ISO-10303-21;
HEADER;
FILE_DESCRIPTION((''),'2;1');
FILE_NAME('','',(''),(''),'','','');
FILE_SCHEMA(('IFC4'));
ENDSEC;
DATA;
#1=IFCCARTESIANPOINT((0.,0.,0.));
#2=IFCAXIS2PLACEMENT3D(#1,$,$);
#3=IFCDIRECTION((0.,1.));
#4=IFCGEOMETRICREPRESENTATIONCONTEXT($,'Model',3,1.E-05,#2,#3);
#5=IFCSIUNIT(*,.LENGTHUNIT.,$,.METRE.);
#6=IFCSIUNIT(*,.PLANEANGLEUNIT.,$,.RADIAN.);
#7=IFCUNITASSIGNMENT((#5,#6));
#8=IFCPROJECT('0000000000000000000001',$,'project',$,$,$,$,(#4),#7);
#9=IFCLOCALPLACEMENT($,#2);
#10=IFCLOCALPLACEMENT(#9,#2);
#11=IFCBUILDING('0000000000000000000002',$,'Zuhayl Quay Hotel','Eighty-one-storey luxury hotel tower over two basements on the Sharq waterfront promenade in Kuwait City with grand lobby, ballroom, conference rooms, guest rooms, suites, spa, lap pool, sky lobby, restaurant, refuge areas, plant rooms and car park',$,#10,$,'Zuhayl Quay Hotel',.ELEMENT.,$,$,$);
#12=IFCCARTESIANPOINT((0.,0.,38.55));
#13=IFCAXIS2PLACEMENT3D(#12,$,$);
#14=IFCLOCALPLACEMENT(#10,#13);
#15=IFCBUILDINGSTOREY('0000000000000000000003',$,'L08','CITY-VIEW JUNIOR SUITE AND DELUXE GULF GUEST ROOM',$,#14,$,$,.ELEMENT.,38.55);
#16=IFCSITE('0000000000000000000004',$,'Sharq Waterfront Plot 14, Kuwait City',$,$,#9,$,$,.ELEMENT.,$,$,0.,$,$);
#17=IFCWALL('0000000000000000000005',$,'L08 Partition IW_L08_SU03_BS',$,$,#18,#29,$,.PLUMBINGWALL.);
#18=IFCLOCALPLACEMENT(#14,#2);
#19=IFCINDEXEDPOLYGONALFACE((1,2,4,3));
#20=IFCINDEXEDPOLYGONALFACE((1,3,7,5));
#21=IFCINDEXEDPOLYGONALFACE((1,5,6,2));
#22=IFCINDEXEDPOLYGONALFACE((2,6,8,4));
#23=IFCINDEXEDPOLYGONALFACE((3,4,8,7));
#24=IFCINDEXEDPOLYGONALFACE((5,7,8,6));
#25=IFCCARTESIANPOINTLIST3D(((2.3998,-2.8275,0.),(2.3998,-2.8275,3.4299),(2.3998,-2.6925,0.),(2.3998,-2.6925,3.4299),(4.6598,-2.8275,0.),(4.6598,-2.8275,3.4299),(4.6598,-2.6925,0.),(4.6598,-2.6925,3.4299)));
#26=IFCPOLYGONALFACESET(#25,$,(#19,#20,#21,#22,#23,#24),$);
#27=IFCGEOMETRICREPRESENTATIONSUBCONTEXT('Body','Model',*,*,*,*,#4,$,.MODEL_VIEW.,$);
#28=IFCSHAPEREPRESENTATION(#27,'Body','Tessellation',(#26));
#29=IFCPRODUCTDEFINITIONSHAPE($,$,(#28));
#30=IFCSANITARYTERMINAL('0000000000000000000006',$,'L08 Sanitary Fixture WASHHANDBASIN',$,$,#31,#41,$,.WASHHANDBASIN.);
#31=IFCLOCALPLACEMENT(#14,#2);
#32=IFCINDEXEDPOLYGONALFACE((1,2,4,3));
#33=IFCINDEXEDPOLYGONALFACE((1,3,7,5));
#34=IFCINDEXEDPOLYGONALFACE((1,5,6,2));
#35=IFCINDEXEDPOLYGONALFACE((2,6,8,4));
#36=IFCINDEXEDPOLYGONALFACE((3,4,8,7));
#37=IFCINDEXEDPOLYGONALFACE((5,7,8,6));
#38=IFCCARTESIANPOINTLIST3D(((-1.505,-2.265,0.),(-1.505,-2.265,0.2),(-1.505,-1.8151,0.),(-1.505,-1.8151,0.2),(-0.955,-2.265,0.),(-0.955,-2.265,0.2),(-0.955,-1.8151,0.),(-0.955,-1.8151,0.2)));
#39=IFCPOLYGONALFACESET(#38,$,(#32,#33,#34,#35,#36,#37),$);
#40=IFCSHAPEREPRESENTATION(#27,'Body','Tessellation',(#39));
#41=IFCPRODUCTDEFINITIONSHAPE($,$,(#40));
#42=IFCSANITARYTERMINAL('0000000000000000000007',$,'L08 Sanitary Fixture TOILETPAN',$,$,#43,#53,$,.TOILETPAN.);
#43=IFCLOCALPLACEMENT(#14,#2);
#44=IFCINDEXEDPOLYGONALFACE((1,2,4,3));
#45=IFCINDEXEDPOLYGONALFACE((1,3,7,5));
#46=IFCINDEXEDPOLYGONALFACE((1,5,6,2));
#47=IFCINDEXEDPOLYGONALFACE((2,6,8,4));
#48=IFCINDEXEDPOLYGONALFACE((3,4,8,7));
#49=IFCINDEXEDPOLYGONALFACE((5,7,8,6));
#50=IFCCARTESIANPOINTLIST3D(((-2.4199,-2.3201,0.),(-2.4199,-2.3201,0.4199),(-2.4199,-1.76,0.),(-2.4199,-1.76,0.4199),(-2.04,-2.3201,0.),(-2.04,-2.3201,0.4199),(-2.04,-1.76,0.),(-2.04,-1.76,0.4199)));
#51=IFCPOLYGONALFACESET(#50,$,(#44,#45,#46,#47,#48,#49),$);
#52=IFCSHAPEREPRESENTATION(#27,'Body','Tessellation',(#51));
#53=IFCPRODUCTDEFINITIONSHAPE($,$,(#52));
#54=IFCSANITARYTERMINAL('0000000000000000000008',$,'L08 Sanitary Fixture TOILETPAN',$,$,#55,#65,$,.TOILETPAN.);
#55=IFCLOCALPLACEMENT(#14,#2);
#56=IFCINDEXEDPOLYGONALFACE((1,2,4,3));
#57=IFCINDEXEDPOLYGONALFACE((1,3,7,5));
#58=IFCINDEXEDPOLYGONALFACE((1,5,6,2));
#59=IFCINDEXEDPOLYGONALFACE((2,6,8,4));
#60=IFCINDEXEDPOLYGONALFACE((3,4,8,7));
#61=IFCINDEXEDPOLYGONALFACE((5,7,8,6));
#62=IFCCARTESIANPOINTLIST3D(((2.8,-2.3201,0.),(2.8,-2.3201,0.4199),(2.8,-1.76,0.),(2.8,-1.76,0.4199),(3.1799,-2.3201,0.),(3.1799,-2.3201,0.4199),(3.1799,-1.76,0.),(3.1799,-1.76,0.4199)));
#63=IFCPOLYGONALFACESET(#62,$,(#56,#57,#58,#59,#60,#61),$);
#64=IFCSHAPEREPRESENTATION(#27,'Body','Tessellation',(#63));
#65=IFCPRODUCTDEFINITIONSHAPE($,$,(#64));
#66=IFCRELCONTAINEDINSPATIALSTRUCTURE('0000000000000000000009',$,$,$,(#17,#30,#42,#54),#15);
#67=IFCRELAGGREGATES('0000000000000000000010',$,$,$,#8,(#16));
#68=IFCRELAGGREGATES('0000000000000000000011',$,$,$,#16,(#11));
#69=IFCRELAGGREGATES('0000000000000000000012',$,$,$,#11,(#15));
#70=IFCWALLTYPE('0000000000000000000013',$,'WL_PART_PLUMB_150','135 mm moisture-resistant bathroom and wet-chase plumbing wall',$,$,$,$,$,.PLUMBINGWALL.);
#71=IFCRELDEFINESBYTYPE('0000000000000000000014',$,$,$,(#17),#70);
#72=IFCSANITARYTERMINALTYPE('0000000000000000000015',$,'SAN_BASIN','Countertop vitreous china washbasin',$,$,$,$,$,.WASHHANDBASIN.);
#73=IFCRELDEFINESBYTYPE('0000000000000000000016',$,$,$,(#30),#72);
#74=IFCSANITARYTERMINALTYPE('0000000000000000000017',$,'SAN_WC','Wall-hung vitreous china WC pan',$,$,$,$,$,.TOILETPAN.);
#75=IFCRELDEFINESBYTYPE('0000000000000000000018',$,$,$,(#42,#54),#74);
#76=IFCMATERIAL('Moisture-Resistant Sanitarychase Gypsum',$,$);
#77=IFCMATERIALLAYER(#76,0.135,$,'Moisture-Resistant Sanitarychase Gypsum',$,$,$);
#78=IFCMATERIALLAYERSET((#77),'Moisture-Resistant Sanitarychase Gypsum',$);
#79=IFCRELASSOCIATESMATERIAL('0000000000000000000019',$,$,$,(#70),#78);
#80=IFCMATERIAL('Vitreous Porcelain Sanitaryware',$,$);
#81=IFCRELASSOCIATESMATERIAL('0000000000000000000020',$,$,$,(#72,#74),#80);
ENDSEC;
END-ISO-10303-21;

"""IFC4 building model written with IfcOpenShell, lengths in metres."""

from ifc_helpers import new_model, si_unit, direction, frame, frame_2d, origin, origin_2d, place, context, subcontext, project, spatial, rectangle, extrude, material, layer, layer_set, type_object, element, save


model = new_model("IFC4")

# Units and contexts
model_context = context("Model", 3, precision=1e-05, world=origin(), true_north=direction((0.0, 1.0)))
body_context = subcontext(model_context, "Body", "Model", "MODEL_VIEW")
ifc_project = project(units=[si_unit("LENGTHUNIT", "METRE"), si_unit("PLANEANGLEUNIT", "RADIAN")], contexts=[model_context])

# Site, building, storey
site_placement = place(None, origin())
site = spatial("IfcSite", under=ifc_project, at=site_placement, Name="Sharq Waterfront Plot 14, Kuwait City", CompositionType="ELEMENT", RefElevation=0.0)
building_placement = place(site_placement, origin())
building = spatial("IfcBuilding", under=site, at=building_placement, Name="Zuhayl Quay Hotel", Description="Eighty-one-storey luxury hotel tower over two basements on the Sharq waterfront promenade in Kuwait City with grand lobby, ballroom, conference rooms, guest rooms, suites, spa, lap pool, sky lobby, restaurant, refuge areas, plant rooms and car park", LongName="Zuhayl Quay Hotel", CompositionType="ELEMENT")
storey_placement = place(building_placement, frame((0.0, 0.0, 38.55)))
storey = spatial("IfcBuildingStorey", under=building, at=storey_placement, Name="L08", Description="CITY-VIEW JUNIOR SUITE AND DELUXE GULF GUEST ROOM", CompositionType="ELEMENT", Elevation=38.55)

# Shared definitions
ifc_material_1 = material(Name="Moisture-Resistant Sanitarychase Gypsum")
ifc_layer_1 = layer(ifc_material_1, 0.135, Name="Moisture-Resistant Sanitarychase Gypsum")
ifc_layer_set_1 = layer_set([ifc_layer_1], Name="Moisture-Resistant Sanitarychase Gypsum")
wall_type_1 = type_object("IfcWallType", Name="WL_PART_PLUMB_150", Description="135 mm moisture-resistant bathroom and wet-chase plumbing wall", PredefinedType="PLUMBINGWALL", material=ifc_layer_set_1)

# Wall
for number, where, z_axis, x_axis, name in (
    (1, (2.3999, -2.76, 0.0), (0.0, 0.0, 1.0), (1.0, 0.0, 0.0), "L08 Partition IW_L08_SU03_BS"),
):
    element("IfcWall", number, at=place(storey_placement, frame(where, z_axis=z_axis, x_axis=x_axis)), inside=storey, type_object=wall_type_1, Name=name, PredefinedType="PLUMBINGWALL", context=body_context, shape_type="SweptSolid", body=[
        extrude(rectangle(XDim=2.26, YDim=0.135, at=frame_2d((1.1299, 0.0))), origin(), (0.0, 0.0, 1.0), 3.4299),
    ])

# Sanitary terminals
ifc_material_2 = material(Name="Vitreous Porcelain Sanitaryware")
sanitary_terminal_type_1 = type_object("IfcSanitaryTerminalType", Name="SAN_BASIN", Description="Countertop vitreous china washbasin", PredefinedType="WASHHANDBASIN", material=ifc_material_2)
sanitary_terminal_placement = place(storey_placement, frame((-1.23, -2.04, 0.0), z_axis=(0.0, 0.0, 1.0), x_axis=(1.0, 0.0, 0.0)))
element("IfcSanitaryTerminal", 2, at=sanitary_terminal_placement, inside=storey, type_object=sanitary_terminal_type_1, Name="L08 Sanitary Fixture WASHHANDBASIN", PredefinedType="WASHHANDBASIN", context=body_context, shape_type="SweptSolid", body=[
    extrude(rectangle(XDim=0.55, YDim=0.45, at=origin_2d()), origin(), (0.0, 0.0, 1.0), 0.2),
])
sanitary_terminal_type_2 = type_object("IfcSanitaryTerminalType", Name="SAN_WC", Description="Wall-hung vitreous china WC pan", PredefinedType="TOILETPAN", material=ifc_material_2)
for number, where, z_axis, x_axis, name in (
    (3, (-2.23, -2.04, 0.0), (0.0, 0.0, 1.0), (1.0, 0.0, 0.0), "L08 Sanitary Fixture TOILETPAN"),
    (4, (2.99, -2.04, 0.0), (0.0, 0.0, 1.0), (1.0, 0.0, 0.0), "L08 Sanitary Fixture TOILETPAN"),
):
    element("IfcSanitaryTerminal", number, at=place(storey_placement, frame(where, z_axis=z_axis, x_axis=x_axis)), inside=storey, type_object=sanitary_terminal_type_2, Name=name, PredefinedType="TOILETPAN", context=body_context, shape_type="SweptSolid", body=[
        extrude(rectangle(XDim=0.3799, YDim=0.5601, at=origin_2d()), origin(), (0.0, 0.0, 1.0), 0.4199),
    ])

save(model, "model.ifc")
